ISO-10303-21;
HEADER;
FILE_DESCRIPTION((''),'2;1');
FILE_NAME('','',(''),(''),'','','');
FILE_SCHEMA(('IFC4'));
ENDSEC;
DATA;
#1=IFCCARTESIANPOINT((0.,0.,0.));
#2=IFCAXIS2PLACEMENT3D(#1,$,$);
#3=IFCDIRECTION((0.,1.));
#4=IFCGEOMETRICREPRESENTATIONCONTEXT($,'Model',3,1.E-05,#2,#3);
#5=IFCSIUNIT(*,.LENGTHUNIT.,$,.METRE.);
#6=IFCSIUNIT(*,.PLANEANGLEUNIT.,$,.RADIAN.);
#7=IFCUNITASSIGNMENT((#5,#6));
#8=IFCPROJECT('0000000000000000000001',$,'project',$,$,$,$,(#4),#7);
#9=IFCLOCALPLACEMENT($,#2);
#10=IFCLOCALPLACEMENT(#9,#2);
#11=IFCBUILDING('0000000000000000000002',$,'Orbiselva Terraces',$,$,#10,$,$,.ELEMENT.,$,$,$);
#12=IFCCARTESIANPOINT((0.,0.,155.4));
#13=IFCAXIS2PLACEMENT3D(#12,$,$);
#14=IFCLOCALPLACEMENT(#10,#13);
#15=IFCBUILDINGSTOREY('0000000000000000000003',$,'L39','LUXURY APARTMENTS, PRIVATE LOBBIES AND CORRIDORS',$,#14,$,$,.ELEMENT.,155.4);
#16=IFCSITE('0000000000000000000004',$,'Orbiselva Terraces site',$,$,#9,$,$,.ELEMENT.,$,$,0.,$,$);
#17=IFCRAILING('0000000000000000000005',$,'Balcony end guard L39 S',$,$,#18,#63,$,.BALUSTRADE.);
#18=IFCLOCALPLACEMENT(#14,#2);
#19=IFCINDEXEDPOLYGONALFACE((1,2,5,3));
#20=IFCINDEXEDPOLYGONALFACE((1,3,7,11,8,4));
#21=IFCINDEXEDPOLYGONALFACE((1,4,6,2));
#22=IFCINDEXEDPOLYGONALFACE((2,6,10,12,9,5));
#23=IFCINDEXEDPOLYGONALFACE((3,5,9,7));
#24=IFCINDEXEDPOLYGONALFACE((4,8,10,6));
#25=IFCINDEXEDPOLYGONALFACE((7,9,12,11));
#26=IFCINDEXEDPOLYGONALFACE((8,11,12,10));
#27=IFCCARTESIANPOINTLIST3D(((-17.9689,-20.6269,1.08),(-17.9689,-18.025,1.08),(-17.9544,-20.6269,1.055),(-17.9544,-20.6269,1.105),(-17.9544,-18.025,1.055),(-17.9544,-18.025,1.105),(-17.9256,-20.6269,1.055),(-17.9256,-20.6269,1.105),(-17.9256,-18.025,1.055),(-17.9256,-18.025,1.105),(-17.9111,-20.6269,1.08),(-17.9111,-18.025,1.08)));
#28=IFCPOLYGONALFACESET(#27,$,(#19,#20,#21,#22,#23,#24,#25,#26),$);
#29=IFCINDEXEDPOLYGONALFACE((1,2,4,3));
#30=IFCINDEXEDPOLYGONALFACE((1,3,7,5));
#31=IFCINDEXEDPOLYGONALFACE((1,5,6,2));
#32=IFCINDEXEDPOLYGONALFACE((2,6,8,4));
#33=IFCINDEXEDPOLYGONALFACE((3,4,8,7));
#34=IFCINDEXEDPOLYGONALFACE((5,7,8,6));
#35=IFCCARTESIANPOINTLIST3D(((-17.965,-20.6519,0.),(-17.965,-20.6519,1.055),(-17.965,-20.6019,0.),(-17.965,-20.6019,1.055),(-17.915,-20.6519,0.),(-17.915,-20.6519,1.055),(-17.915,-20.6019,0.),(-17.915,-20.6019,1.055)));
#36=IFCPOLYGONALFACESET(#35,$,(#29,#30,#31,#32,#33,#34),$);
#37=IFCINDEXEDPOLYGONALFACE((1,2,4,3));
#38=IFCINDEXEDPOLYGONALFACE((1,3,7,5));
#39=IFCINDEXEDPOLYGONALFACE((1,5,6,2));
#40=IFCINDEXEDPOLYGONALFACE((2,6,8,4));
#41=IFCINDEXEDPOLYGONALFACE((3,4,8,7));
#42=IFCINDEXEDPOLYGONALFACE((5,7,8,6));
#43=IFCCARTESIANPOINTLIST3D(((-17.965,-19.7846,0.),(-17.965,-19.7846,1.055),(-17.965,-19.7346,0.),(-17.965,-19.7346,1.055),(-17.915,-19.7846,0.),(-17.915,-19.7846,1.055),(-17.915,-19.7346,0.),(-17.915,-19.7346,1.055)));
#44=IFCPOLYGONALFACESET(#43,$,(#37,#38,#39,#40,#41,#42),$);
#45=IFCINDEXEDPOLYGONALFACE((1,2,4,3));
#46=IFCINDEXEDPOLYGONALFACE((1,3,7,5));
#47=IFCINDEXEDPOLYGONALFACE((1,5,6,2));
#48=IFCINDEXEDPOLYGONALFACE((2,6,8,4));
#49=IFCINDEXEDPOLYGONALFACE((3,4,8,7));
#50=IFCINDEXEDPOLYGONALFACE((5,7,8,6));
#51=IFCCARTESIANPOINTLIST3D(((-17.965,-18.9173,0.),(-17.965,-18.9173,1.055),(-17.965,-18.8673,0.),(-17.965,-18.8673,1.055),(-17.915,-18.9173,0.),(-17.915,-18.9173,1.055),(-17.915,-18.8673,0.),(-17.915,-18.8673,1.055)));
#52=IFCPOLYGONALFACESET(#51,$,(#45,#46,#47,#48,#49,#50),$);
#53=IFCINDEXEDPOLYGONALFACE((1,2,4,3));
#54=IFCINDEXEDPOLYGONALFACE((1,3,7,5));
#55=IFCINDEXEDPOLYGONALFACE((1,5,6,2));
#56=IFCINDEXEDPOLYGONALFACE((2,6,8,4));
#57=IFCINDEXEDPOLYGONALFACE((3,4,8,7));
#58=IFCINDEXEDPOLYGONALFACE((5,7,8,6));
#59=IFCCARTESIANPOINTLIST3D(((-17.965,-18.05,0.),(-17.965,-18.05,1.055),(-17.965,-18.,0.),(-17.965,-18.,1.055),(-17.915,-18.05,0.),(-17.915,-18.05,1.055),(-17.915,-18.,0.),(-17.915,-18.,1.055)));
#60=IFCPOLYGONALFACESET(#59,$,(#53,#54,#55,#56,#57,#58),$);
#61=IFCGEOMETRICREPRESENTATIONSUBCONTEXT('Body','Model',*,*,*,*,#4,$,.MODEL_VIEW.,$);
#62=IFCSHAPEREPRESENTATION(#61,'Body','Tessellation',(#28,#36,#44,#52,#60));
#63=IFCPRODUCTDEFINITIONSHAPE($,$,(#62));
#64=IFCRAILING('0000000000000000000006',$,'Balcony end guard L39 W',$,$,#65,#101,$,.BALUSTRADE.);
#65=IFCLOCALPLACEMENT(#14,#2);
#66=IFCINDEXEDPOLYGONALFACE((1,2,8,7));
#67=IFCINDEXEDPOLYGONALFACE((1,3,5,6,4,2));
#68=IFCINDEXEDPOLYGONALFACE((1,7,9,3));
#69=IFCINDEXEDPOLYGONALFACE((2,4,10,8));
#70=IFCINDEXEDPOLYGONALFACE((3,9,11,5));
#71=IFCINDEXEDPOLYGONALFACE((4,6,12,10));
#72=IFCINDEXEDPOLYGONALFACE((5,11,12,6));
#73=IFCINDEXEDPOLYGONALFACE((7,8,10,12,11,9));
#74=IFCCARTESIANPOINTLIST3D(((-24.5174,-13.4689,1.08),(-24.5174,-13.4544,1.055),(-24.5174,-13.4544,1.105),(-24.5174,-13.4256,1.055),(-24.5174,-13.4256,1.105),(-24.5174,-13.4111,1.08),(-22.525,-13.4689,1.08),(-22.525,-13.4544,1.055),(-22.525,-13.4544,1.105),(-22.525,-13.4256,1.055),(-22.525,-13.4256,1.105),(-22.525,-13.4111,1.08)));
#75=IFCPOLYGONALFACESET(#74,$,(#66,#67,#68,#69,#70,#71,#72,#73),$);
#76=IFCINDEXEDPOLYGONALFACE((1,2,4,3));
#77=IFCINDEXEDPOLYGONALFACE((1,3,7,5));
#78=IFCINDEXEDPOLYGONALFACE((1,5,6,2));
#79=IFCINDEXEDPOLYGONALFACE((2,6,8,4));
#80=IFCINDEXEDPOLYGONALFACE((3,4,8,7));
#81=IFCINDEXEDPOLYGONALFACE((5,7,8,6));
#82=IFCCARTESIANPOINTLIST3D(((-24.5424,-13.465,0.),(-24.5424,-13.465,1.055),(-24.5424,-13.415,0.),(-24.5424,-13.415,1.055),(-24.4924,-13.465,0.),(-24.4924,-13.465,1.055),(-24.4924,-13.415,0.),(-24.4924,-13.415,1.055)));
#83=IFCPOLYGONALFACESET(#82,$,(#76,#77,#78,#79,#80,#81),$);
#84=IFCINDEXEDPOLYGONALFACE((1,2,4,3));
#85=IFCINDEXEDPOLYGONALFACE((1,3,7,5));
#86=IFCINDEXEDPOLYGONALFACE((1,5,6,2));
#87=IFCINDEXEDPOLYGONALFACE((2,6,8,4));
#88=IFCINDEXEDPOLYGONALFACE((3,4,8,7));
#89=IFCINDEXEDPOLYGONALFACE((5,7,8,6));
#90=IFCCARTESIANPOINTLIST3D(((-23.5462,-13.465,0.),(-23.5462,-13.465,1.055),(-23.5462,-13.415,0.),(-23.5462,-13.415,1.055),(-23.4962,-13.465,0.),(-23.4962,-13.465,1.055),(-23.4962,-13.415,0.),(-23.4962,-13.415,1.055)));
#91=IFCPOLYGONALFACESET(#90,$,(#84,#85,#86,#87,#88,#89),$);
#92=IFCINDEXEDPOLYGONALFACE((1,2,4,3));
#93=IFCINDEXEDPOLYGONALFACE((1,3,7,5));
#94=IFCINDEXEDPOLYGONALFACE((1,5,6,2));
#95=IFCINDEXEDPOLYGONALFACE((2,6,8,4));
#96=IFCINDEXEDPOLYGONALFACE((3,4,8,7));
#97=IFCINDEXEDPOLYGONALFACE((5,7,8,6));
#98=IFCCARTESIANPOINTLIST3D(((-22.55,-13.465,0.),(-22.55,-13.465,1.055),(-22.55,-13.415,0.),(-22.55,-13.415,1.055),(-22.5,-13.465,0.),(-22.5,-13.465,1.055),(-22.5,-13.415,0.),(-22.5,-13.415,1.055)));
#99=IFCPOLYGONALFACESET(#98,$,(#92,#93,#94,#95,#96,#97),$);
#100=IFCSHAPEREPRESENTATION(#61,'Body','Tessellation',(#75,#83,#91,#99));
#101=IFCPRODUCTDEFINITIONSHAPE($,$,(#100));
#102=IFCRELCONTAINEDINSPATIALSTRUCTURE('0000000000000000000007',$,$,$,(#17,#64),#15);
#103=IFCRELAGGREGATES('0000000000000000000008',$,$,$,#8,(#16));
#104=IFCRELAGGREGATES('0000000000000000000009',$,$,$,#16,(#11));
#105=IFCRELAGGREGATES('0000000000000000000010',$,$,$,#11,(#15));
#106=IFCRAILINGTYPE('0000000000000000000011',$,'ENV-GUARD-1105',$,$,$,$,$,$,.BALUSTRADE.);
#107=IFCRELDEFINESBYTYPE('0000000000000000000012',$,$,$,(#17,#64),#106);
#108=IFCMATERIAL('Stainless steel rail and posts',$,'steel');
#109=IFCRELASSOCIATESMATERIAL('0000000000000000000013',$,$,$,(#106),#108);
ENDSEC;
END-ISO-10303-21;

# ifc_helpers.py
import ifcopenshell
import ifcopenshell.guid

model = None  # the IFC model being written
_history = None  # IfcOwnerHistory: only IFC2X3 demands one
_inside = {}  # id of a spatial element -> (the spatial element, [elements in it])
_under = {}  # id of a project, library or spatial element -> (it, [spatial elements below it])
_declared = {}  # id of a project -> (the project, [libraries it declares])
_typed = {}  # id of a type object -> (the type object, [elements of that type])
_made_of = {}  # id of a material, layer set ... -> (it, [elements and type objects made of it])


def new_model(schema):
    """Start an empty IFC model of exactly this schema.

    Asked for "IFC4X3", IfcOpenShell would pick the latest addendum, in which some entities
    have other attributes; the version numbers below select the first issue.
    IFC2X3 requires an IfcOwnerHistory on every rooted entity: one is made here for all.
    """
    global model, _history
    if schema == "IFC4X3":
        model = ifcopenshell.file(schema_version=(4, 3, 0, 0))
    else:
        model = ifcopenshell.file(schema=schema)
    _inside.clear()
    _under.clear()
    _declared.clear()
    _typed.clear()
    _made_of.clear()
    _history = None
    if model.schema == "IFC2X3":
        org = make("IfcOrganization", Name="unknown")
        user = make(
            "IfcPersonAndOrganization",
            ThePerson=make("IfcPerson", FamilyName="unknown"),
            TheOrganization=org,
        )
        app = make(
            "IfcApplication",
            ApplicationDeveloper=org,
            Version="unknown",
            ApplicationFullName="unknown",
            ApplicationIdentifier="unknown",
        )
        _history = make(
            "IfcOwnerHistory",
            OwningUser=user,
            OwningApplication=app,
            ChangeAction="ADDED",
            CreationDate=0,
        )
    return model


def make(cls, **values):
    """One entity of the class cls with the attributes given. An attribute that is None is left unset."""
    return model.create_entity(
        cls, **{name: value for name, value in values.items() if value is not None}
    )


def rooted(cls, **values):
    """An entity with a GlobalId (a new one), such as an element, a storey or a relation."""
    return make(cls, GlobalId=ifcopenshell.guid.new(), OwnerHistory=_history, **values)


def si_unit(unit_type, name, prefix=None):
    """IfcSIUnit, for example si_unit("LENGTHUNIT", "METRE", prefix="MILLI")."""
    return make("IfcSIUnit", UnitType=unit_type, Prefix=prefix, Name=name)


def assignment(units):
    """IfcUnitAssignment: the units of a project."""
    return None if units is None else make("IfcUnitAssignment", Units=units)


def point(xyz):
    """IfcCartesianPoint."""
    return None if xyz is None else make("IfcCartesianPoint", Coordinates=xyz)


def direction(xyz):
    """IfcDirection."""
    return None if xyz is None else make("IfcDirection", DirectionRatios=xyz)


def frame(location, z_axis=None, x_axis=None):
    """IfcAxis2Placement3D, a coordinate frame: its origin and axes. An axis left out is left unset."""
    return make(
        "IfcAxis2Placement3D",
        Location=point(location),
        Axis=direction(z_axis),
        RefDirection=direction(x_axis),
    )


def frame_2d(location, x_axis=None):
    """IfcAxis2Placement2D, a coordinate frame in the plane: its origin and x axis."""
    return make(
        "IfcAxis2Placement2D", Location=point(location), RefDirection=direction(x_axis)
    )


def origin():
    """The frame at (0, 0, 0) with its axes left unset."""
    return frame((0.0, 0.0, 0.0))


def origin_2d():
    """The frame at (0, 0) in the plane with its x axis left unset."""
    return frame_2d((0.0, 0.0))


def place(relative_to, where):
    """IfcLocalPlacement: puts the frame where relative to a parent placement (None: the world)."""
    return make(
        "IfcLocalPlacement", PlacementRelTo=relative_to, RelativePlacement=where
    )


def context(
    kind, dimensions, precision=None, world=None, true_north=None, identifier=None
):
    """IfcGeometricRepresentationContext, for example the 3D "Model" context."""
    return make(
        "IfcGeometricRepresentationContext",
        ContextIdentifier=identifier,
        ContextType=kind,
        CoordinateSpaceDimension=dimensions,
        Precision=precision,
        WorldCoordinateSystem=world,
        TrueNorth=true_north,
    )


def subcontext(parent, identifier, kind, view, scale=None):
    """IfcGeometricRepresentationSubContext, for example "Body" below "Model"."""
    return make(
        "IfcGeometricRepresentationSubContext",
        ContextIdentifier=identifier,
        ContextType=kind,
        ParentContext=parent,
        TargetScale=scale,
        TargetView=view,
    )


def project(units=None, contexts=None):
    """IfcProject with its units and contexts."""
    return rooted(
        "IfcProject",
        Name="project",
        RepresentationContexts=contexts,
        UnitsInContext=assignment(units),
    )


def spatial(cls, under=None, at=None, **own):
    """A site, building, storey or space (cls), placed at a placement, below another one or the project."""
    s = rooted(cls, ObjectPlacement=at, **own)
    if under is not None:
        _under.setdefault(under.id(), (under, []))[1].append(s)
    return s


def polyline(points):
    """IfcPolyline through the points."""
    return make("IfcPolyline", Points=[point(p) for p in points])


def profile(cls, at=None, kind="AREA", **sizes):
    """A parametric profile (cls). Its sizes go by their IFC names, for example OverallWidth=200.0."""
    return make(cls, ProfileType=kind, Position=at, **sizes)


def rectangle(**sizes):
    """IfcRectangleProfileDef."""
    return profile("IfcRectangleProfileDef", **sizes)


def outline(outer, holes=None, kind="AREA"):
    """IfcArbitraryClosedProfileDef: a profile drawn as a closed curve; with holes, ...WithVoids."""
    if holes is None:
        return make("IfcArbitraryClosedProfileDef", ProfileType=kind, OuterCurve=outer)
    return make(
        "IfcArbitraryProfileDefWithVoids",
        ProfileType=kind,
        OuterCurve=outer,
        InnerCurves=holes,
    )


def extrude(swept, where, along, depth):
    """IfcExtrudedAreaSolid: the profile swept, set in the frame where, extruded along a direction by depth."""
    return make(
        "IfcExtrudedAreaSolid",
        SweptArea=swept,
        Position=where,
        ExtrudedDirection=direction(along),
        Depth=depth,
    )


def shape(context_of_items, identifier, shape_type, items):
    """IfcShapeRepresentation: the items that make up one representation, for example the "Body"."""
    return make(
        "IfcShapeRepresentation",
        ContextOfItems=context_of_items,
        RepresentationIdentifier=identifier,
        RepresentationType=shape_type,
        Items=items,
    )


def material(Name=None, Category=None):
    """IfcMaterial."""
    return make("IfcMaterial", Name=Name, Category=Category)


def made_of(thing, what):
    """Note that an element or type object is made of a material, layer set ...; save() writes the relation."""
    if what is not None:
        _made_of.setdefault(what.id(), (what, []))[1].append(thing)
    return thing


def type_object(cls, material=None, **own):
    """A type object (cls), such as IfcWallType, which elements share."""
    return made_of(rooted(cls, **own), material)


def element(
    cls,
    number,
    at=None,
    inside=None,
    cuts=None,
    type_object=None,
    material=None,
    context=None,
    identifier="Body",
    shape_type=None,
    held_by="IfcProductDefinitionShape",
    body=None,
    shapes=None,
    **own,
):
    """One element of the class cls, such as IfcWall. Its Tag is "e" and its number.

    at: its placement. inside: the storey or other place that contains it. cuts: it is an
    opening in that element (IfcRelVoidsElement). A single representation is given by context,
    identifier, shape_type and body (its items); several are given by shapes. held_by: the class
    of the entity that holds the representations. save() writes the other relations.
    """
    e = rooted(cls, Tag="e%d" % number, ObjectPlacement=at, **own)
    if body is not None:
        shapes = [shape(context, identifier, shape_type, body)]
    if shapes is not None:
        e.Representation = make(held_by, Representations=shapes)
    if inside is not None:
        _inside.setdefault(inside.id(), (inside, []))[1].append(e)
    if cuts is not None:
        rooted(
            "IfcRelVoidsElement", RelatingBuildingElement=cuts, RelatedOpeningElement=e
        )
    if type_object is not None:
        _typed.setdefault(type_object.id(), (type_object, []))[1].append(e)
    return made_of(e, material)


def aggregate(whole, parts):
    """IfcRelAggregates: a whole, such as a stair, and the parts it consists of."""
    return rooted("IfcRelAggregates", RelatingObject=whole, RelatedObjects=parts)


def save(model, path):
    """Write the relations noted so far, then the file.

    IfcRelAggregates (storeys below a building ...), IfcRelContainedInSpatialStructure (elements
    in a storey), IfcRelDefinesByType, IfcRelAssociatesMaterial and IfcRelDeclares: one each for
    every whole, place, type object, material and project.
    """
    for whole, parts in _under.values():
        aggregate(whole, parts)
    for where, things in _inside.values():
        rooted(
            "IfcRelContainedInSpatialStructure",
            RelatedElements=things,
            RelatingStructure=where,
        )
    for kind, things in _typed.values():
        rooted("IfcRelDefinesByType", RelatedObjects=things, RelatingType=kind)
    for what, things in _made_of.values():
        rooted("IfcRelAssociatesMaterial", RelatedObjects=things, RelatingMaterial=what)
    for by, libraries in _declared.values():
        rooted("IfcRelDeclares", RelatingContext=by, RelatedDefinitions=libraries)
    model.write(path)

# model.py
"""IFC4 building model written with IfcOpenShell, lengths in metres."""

from ifc_helpers import new_model, si_unit, direction, frame, origin, origin_2d, place, context, subcontext, project, spatial, polyline, rectangle, outline, extrude, material, type_object, element, save


model = new_model("IFC4")

# Units and contexts
model_context = context("Model", 3, precision=1e-05, world=origin(), true_north=direction((0.0, 1.0)))
body_context = subcontext(model_context, "Body", "Model", "MODEL_VIEW")
ifc_project = project(units=[si_unit("LENGTHUNIT", "METRE"), si_unit("PLANEANGLEUNIT", "RADIAN")], contexts=[model_context])

# Site, building, storey
site_placement = place(None, origin())
site = spatial("IfcSite", under=ifc_project, at=site_placement, Name="Orbiselva Terraces site", CompositionType="ELEMENT", RefElevation=0.0)
building_placement = place(site_placement, origin())
building = spatial("IfcBuilding", under=site, at=building_placement, Name="Orbiselva Terraces", CompositionType="ELEMENT")
storey_placement = place(building_placement, frame((0.0, 0.0, 155.4)))
storey = spatial("IfcBuildingStorey", under=building, at=storey_placement, Name="L39", Description="LUXURY APARTMENTS, PRIVATE LOBBIES AND CORRIDORS", CompositionType="ELEMENT", Elevation=155.4)

# Railings
ifc_material_1 = material(Name="Stainless steel rail and posts", Category="steel")
railing_type_1 = type_object("IfcRailingType", Name="ENV-GUARD-1105", PredefinedType="BALUSTRADE", material=ifc_material_1)
railing_1_placement = place(storey_placement, frame((-17.94, -20.6269, 0.0)))
element("IfcRailing", 1, at=railing_1_placement, inside=storey, type_object=railing_type_1, Name="Balcony end guard L39 S", PredefinedType="BALUSTRADE", context=body_context, shape_type="SweptSolid", body=[
    extrude(outline(polyline([(0.0289, 0.0), (0.0144, 0.025), (-0.0144, 0.025), (-0.0289, 0.0), (-0.0144, -0.025), (0.0144, -0.025), (0.0289, 0.0)])), frame((0.0, 0.0, 1.08), z_axis=(0.0, 1.0, 0.0), x_axis=(-1.0, 0.0, 0.0)), (0.0, 0.0, 1.0), 2.6019),
    extrude(rectangle(XDim=0.05, YDim=0.05, at=origin_2d()), origin(), (0.0, 0.0, 1.0), 1.055),
    extrude(rectangle(XDim=0.05, YDim=0.05, at=origin_2d()), frame((0.0, 0.8673, 0.0)), (0.0, 0.0, 1.0), 1.055),
    extrude(rectangle(XDim=0.05, YDim=0.05, at=origin_2d()), frame((0.0, 1.7346, 0.0)), (0.0, 0.0, 1.0), 1.055),
    extrude(rectangle(XDim=0.05, YDim=0.05, at=origin_2d()), frame((0.0, 2.6019, 0.0)), (0.0, 0.0, 1.0), 1.055),
])
railing_2_placement = place(storey_placement, frame((-24.5174, -13.44, 0.0)))
element("IfcRailing", 2, at=railing_2_placement, inside=storey, type_object=railing_type_1, Name="Balcony end guard L39 W", PredefinedType="BALUSTRADE", context=body_context, shape_type="SweptSolid", body=[
    extrude(outline(polyline([(0.0289, 0.0), (0.0144, 0.025), (-0.0144, 0.025), (-0.0289, 0.0), (-0.0144, -0.025), (0.0144, -0.025), (0.0289, 0.0)])), frame((0.0, 0.0, 1.08), z_axis=(1.0, 0.0, 0.0), x_axis=(0.0, 1.0, 0.0)), (0.0, 0.0, 1.0), 1.9924),
    extrude(rectangle(XDim=0.05, YDim=0.05, at=origin_2d()), origin(), (0.0, 0.0, 1.0), 1.055),
    extrude(rectangle(XDim=0.05, YDim=0.05, at=origin_2d()), frame((0.9962, 0.0, 0.0)), (0.0, 0.0, 1.0), 1.055),
    extrude(rectangle(XDim=0.05, YDim=0.05, at=origin_2d()), frame((1.9924, 0.0, 0.0)), (0.0, 0.0, 1.0), 1.055),
])

save(model, "model.ifc")
